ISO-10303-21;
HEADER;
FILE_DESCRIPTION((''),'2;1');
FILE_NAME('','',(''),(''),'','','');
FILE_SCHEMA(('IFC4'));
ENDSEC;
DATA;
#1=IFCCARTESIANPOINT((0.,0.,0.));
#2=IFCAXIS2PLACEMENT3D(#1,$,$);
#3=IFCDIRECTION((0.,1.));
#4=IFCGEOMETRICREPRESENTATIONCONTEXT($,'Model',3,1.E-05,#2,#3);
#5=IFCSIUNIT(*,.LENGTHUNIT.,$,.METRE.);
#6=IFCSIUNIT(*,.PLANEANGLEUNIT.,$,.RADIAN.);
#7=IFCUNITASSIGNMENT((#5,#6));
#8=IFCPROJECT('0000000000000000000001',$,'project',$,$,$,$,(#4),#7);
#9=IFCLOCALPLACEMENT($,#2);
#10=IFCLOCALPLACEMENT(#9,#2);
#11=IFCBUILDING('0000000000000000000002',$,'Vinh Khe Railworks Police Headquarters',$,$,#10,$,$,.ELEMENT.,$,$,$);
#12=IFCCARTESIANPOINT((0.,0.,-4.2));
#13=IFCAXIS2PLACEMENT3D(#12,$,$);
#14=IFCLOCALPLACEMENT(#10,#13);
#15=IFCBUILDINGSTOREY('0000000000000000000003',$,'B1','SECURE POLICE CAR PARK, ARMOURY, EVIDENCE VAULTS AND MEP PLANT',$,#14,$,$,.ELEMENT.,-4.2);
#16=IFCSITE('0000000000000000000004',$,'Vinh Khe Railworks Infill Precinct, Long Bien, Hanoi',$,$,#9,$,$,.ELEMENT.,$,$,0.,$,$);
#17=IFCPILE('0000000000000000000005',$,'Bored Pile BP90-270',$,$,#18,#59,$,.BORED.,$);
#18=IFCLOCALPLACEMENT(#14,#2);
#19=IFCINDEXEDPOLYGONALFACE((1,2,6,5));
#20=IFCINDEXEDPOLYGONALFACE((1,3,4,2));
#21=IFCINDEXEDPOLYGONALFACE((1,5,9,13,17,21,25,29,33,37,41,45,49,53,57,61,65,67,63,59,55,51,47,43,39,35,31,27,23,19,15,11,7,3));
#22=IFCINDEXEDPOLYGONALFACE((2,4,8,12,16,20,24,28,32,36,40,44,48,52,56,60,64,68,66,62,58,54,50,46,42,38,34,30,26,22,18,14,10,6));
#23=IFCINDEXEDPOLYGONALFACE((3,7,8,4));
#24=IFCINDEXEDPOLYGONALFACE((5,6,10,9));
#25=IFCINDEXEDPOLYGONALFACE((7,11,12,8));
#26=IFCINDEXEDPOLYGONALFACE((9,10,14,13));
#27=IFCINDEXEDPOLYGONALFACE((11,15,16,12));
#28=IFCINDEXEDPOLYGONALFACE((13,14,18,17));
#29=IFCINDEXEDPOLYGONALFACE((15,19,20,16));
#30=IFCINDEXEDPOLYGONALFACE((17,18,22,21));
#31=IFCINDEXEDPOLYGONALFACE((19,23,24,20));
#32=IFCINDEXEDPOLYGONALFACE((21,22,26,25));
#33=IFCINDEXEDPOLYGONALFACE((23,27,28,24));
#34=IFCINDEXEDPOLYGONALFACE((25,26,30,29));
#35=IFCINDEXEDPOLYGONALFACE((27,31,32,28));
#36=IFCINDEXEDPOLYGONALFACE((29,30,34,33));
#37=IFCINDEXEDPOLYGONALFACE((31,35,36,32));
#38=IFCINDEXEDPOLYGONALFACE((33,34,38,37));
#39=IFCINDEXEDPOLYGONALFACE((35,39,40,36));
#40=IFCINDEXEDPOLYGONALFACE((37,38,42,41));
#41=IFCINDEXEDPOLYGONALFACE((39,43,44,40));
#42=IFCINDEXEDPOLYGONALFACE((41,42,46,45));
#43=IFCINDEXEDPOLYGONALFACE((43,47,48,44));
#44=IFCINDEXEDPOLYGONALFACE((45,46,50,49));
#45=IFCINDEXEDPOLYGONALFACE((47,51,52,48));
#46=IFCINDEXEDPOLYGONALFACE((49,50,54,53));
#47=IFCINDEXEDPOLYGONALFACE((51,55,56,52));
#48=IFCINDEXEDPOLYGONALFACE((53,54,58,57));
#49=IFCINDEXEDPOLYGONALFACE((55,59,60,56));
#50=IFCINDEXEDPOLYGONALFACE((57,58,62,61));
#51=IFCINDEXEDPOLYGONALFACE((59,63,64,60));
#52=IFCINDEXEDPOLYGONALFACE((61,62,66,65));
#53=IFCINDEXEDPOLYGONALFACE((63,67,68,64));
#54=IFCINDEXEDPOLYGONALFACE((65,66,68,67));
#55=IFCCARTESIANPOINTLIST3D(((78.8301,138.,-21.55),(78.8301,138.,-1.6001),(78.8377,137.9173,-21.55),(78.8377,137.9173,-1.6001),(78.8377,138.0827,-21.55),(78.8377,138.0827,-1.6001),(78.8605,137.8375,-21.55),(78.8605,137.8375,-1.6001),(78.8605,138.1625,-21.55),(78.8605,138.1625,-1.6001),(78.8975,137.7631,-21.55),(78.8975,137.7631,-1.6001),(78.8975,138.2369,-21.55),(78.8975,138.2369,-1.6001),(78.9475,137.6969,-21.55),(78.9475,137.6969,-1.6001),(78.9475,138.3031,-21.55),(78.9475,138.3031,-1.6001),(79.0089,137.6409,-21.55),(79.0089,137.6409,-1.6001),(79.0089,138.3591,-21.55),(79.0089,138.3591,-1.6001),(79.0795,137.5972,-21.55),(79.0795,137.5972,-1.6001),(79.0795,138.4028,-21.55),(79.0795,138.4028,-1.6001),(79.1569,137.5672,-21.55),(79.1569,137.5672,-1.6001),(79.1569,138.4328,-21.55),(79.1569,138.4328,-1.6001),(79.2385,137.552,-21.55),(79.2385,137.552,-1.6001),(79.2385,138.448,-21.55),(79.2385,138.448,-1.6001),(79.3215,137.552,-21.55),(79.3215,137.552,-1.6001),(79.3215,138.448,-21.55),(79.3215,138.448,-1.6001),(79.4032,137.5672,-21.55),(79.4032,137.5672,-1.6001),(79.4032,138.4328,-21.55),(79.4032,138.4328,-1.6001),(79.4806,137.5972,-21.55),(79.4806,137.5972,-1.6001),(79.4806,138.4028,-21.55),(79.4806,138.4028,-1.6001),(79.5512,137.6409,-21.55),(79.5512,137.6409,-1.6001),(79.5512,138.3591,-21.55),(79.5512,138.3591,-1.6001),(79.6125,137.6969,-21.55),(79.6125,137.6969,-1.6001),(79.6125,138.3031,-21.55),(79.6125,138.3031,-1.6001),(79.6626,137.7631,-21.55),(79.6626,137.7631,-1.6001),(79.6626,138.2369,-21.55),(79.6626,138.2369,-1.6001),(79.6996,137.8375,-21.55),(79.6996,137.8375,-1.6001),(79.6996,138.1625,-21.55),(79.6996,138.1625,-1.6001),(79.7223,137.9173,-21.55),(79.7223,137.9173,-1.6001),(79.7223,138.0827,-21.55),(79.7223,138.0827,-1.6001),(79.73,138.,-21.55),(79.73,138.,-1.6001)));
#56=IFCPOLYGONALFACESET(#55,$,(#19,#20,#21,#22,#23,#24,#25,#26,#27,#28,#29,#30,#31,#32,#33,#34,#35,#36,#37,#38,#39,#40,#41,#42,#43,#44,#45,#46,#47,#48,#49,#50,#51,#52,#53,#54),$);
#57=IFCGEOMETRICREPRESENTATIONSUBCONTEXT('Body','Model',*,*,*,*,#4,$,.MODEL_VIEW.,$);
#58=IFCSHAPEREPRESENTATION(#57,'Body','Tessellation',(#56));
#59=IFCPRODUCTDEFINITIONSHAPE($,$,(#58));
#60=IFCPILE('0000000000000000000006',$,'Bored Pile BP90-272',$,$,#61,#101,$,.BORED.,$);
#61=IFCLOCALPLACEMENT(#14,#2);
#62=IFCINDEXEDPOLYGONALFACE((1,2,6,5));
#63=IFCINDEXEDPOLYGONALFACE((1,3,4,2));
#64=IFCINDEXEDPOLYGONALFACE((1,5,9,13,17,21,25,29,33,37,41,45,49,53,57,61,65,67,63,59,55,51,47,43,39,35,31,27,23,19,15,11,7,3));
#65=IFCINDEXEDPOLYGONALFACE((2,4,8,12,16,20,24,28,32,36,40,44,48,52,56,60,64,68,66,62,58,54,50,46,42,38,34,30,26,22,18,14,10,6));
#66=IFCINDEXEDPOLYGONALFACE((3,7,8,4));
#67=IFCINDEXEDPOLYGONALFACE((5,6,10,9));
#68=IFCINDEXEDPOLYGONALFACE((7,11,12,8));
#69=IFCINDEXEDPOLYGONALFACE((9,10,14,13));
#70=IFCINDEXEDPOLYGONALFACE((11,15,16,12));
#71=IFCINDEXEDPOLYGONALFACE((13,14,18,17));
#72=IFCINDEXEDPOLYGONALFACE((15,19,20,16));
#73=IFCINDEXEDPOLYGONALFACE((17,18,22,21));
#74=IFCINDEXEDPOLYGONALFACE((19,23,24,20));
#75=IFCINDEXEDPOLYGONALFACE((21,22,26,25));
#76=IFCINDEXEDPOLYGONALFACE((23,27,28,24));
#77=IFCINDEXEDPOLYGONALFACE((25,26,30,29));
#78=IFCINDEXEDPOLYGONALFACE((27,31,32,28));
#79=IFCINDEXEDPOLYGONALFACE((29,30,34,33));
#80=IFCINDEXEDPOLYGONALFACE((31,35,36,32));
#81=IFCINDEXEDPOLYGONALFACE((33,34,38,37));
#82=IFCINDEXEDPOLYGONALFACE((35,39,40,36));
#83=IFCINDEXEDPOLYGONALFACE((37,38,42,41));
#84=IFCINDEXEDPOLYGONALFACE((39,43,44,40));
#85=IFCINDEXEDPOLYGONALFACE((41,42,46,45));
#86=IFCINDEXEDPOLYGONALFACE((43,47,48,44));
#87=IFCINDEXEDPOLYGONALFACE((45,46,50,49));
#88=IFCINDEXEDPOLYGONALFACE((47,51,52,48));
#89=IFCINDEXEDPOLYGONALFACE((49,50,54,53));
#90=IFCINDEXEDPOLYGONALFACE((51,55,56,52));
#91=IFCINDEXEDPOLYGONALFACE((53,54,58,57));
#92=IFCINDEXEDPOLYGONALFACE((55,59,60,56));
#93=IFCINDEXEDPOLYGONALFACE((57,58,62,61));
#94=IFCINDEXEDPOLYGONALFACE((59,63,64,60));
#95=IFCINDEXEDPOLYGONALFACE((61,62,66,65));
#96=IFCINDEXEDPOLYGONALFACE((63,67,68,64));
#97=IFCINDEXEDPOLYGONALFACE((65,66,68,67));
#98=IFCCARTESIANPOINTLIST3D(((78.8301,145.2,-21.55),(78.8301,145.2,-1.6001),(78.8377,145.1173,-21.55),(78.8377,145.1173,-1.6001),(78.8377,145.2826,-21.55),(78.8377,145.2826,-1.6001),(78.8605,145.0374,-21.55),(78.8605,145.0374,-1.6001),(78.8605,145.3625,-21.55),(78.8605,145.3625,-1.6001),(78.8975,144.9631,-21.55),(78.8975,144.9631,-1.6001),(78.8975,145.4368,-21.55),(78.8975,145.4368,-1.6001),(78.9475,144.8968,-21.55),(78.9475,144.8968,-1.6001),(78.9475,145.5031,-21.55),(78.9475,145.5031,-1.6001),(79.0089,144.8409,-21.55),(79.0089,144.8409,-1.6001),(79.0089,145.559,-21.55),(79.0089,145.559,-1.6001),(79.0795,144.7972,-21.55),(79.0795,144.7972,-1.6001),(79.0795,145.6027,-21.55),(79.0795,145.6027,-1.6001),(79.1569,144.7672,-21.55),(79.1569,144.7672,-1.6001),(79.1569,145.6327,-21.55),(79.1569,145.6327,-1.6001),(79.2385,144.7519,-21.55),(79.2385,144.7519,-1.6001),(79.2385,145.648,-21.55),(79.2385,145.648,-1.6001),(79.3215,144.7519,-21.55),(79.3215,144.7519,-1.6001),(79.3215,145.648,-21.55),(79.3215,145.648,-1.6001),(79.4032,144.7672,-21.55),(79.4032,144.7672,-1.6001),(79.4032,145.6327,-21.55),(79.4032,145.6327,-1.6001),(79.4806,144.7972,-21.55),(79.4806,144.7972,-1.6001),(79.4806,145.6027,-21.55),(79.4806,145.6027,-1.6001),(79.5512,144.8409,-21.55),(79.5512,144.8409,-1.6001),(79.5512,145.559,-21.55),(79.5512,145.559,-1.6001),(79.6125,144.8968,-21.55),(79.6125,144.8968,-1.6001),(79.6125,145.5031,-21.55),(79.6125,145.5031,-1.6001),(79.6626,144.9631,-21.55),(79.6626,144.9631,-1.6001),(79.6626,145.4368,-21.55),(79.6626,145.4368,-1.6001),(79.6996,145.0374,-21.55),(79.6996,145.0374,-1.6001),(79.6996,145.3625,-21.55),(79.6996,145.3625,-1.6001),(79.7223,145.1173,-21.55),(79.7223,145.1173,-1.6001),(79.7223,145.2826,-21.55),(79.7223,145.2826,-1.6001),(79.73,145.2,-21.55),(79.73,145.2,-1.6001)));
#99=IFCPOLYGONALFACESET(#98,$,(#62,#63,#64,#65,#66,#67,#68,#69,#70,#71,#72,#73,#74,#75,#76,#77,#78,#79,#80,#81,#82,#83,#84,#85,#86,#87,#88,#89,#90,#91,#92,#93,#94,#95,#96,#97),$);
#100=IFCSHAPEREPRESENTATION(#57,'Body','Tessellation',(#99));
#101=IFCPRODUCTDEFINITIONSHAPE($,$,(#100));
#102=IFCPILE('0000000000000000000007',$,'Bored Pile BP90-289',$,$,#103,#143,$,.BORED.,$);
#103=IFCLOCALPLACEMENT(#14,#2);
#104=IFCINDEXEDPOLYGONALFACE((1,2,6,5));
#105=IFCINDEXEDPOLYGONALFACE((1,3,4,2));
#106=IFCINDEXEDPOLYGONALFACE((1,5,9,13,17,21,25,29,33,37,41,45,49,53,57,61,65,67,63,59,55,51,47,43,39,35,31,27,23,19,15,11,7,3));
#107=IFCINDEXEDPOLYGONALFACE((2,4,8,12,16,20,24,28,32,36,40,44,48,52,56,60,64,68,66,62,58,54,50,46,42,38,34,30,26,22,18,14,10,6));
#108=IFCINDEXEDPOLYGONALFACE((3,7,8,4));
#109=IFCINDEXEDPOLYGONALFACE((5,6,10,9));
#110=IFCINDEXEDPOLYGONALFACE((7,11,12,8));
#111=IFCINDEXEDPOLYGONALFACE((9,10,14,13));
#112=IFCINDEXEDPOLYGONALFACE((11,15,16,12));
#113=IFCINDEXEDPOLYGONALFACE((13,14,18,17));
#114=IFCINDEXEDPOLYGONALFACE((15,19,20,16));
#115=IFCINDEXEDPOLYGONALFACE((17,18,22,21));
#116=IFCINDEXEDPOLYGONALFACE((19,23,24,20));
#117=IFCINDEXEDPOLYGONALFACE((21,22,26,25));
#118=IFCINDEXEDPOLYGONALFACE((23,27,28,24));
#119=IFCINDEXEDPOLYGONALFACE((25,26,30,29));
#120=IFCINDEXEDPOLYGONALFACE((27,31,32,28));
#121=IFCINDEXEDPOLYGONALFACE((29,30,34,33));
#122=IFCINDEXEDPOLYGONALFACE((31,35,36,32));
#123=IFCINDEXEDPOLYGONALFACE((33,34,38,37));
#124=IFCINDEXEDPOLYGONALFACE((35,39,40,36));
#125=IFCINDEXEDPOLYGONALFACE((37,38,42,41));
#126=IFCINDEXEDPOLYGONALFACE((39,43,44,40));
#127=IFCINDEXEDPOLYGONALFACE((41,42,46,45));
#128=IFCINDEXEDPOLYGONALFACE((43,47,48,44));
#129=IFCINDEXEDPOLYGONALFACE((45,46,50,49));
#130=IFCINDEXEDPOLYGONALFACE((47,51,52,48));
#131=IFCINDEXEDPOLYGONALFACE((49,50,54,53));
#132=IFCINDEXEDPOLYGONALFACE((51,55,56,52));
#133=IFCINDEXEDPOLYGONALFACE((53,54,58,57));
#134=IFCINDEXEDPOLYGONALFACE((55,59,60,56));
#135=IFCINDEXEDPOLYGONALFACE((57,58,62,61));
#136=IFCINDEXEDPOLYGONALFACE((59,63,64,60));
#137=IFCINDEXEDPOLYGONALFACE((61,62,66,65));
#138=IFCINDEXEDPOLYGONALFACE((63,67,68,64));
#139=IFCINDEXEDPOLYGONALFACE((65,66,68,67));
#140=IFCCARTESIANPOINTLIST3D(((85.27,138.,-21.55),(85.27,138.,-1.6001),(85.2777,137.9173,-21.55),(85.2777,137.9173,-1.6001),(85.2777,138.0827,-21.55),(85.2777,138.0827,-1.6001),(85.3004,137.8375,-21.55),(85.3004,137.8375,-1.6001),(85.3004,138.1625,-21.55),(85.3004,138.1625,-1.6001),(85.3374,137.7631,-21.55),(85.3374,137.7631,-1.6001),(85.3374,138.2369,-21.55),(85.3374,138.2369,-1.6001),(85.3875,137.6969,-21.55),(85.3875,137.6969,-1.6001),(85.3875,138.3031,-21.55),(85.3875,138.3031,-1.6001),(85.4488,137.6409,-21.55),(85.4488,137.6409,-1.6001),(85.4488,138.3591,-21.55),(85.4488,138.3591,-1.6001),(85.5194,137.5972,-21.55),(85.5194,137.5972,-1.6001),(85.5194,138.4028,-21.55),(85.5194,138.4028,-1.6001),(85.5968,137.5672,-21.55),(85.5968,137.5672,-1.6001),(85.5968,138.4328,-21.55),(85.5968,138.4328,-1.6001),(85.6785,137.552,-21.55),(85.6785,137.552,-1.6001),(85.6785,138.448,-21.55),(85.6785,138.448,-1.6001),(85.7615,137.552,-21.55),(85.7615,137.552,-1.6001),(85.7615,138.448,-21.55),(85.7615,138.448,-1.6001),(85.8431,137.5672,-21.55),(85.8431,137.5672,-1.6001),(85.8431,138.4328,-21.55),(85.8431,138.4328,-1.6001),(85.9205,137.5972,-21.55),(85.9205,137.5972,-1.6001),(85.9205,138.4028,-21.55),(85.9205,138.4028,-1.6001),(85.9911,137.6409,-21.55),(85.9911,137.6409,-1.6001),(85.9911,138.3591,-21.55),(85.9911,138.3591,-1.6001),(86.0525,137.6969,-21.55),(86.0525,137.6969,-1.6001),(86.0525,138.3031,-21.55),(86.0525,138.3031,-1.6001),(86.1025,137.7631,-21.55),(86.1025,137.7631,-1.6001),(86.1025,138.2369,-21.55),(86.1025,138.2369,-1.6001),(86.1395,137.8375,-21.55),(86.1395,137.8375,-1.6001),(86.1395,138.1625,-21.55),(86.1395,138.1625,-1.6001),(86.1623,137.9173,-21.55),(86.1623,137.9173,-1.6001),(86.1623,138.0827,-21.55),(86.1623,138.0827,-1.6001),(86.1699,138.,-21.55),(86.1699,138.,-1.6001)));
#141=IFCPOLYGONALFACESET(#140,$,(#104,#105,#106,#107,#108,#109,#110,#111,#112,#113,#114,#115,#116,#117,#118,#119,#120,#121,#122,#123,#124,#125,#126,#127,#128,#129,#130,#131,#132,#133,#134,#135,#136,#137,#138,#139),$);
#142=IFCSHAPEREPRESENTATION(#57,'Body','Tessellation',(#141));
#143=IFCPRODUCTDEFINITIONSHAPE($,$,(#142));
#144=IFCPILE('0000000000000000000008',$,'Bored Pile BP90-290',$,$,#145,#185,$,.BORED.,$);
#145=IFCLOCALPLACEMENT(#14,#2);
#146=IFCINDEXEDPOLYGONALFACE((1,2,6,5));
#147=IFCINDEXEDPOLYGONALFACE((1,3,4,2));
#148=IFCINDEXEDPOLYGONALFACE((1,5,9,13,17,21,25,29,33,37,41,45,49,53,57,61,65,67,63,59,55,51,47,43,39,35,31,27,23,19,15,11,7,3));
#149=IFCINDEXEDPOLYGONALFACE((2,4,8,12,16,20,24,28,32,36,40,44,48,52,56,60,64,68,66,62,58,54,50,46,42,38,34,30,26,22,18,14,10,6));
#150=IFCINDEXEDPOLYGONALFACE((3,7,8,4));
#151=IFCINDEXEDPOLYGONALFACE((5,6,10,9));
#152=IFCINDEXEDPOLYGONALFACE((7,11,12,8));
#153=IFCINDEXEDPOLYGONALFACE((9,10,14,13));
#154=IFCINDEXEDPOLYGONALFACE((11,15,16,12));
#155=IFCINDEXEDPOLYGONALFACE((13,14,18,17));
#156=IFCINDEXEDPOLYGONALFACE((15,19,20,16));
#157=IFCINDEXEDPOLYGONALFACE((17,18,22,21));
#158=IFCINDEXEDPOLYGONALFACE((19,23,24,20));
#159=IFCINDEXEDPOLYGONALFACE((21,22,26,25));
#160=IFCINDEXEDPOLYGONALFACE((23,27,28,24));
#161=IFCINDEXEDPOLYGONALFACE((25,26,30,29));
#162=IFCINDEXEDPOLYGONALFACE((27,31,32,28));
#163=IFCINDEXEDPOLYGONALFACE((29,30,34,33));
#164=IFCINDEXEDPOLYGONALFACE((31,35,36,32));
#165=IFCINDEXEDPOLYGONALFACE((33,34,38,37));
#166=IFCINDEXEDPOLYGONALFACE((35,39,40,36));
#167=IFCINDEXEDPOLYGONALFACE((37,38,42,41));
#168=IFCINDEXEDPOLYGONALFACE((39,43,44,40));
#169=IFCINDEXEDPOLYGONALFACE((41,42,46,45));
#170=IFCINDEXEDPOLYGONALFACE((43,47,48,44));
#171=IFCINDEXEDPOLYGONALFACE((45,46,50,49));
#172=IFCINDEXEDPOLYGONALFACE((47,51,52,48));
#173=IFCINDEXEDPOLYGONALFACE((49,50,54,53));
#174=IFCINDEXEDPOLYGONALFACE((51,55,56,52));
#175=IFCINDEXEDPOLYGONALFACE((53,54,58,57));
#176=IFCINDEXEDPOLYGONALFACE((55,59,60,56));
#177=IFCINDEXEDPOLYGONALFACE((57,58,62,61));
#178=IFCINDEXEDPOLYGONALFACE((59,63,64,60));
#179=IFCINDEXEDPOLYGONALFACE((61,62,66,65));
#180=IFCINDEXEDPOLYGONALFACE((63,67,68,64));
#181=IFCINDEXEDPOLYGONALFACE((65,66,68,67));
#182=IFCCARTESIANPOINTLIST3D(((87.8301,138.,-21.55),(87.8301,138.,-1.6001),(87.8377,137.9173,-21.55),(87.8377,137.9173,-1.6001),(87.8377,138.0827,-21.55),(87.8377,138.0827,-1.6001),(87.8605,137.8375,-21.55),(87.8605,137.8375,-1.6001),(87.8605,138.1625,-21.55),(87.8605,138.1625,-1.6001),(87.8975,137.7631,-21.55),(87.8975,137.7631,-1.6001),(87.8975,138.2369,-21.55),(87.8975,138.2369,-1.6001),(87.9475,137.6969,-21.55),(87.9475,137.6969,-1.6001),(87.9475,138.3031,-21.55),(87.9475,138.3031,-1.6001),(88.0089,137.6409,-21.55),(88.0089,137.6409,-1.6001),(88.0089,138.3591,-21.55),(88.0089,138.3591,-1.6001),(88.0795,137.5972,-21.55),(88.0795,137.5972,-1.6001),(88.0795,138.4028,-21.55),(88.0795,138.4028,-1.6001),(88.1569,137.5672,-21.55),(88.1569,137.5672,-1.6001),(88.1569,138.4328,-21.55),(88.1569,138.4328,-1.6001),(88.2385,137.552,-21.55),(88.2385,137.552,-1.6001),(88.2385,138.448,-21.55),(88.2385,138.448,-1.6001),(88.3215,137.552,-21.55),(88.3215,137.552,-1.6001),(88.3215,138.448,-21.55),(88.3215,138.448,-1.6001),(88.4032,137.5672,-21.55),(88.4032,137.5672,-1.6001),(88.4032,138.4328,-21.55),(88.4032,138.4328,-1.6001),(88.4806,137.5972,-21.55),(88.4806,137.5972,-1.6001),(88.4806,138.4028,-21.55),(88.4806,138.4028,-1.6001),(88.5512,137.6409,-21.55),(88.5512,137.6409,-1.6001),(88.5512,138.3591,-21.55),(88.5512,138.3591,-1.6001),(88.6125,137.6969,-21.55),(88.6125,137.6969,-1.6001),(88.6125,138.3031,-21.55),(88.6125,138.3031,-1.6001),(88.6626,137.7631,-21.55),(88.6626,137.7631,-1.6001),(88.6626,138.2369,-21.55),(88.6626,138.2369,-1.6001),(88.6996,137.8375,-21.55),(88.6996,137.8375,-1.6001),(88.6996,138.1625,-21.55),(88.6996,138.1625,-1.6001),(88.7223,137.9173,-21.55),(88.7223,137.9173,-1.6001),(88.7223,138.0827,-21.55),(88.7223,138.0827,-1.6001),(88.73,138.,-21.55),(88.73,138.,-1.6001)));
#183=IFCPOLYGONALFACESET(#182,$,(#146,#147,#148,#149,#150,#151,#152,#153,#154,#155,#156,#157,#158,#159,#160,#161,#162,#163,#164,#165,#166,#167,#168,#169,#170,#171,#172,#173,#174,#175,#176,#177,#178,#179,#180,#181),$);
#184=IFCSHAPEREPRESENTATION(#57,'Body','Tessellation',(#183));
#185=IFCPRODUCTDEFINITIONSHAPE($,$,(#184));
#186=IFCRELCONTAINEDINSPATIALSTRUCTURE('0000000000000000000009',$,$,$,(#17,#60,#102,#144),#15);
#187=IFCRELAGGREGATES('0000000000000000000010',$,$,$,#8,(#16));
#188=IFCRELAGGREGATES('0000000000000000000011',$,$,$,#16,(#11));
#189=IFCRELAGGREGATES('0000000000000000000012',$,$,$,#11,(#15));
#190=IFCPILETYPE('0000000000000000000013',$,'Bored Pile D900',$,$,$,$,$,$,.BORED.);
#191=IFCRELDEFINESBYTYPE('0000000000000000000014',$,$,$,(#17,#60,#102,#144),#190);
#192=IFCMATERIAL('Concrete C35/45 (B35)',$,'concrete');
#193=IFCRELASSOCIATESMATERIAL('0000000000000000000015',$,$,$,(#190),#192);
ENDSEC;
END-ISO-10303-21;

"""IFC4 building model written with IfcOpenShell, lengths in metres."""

from ifc_helpers import new_model, si_unit, direction, frame, origin, origin_2d, place, context, subcontext, project, spatial, circle, extrude, material, material_profile, profile_set, type_object, element, save


model = new_model("IFC4")

# Units and contexts
model_context = context("Model", 3, precision=1e-05, world=origin(), true_north=direction((0.0, 1.0)))
body_context = subcontext(model_context, "Body", "Model", "MODEL_VIEW")
ifc_project = project(units=[si_unit("LENGTHUNIT", "METRE"), si_unit("PLANEANGLEUNIT", "RADIAN")], contexts=[model_context])

# Site, building, storey
site_placement = place(None, origin())
site = spatial("IfcSite", under=ifc_project, at=site_placement, Name="Vinh Khe Railworks Infill Precinct, Long Bien, Hanoi", CompositionType="ELEMENT", RefElevation=0.0)
building_placement = place(site_placement, origin())
building = spatial("IfcBuilding", under=site, at=building_placement, Name="Vinh Khe Railworks Police Headquarters", CompositionType="ELEMENT")
storey_placement = place(building_placement, frame((0.0, 0.0, -4.2)))
storey = spatial("IfcBuildingStorey", under=building, at=storey_placement, Name="B1", Description="SECURE POLICE CAR PARK, ARMOURY, EVIDENCE VAULTS AND MEP PLANT", CompositionType="ELEMENT", Elevation=-4.2)

# Piles
ifc_material_1 = material(Name="Concrete C35/45 (B35)", Category="concrete")
ifc_material_profile_1 = material_profile(ifc_material_1, circle(Radius=0.45, at=origin_2d()), Name="BORED PILE D900")
ifc_profile_set_1 = profile_set([ifc_material_profile_1], Name="Concrete C35/45 (B35)")
pile_type = type_object("IfcPileType", Name="Bored Pile D900", PredefinedType="BORED", material=ifc_profile_set_1)
for number, where, z_axis, x_axis, name in (
    (1, (79.28, 138.0, -1.6001), (0.0, 0.0, -1.0), (1.0, 0.0, 0.0), "Bored Pile BP90-270"),
    (2, (79.28, 145.2, -1.6001), (0.0, 0.0, -1.0), (1.0, 0.0, 0.0), "Bored Pile BP90-272"),
    (3, (85.72, 138.0, -1.6001), (0.0, 0.0, -1.0), (1.0, 0.0, 0.0), "Bored Pile BP90-289"),
    (4, (88.28, 138.0, -1.6001), (0.0, 0.0, -1.0), (1.0, 0.0, 0.0), "Bored Pile BP90-290"),
):
    element("IfcPile", number, at=place(storey_placement, frame(where, z_axis=z_axis, x_axis=x_axis)), inside=storey, type_object=pile_type, Name=name, PredefinedType="BORED", context=body_context, shape_type="SweptSolid", body=[
        extrude(circle(Radius=0.45, at=origin_2d()), origin(), (0.0, 0.0, 1.0), 19.95),
    ])

save(model, "model.ifc")
